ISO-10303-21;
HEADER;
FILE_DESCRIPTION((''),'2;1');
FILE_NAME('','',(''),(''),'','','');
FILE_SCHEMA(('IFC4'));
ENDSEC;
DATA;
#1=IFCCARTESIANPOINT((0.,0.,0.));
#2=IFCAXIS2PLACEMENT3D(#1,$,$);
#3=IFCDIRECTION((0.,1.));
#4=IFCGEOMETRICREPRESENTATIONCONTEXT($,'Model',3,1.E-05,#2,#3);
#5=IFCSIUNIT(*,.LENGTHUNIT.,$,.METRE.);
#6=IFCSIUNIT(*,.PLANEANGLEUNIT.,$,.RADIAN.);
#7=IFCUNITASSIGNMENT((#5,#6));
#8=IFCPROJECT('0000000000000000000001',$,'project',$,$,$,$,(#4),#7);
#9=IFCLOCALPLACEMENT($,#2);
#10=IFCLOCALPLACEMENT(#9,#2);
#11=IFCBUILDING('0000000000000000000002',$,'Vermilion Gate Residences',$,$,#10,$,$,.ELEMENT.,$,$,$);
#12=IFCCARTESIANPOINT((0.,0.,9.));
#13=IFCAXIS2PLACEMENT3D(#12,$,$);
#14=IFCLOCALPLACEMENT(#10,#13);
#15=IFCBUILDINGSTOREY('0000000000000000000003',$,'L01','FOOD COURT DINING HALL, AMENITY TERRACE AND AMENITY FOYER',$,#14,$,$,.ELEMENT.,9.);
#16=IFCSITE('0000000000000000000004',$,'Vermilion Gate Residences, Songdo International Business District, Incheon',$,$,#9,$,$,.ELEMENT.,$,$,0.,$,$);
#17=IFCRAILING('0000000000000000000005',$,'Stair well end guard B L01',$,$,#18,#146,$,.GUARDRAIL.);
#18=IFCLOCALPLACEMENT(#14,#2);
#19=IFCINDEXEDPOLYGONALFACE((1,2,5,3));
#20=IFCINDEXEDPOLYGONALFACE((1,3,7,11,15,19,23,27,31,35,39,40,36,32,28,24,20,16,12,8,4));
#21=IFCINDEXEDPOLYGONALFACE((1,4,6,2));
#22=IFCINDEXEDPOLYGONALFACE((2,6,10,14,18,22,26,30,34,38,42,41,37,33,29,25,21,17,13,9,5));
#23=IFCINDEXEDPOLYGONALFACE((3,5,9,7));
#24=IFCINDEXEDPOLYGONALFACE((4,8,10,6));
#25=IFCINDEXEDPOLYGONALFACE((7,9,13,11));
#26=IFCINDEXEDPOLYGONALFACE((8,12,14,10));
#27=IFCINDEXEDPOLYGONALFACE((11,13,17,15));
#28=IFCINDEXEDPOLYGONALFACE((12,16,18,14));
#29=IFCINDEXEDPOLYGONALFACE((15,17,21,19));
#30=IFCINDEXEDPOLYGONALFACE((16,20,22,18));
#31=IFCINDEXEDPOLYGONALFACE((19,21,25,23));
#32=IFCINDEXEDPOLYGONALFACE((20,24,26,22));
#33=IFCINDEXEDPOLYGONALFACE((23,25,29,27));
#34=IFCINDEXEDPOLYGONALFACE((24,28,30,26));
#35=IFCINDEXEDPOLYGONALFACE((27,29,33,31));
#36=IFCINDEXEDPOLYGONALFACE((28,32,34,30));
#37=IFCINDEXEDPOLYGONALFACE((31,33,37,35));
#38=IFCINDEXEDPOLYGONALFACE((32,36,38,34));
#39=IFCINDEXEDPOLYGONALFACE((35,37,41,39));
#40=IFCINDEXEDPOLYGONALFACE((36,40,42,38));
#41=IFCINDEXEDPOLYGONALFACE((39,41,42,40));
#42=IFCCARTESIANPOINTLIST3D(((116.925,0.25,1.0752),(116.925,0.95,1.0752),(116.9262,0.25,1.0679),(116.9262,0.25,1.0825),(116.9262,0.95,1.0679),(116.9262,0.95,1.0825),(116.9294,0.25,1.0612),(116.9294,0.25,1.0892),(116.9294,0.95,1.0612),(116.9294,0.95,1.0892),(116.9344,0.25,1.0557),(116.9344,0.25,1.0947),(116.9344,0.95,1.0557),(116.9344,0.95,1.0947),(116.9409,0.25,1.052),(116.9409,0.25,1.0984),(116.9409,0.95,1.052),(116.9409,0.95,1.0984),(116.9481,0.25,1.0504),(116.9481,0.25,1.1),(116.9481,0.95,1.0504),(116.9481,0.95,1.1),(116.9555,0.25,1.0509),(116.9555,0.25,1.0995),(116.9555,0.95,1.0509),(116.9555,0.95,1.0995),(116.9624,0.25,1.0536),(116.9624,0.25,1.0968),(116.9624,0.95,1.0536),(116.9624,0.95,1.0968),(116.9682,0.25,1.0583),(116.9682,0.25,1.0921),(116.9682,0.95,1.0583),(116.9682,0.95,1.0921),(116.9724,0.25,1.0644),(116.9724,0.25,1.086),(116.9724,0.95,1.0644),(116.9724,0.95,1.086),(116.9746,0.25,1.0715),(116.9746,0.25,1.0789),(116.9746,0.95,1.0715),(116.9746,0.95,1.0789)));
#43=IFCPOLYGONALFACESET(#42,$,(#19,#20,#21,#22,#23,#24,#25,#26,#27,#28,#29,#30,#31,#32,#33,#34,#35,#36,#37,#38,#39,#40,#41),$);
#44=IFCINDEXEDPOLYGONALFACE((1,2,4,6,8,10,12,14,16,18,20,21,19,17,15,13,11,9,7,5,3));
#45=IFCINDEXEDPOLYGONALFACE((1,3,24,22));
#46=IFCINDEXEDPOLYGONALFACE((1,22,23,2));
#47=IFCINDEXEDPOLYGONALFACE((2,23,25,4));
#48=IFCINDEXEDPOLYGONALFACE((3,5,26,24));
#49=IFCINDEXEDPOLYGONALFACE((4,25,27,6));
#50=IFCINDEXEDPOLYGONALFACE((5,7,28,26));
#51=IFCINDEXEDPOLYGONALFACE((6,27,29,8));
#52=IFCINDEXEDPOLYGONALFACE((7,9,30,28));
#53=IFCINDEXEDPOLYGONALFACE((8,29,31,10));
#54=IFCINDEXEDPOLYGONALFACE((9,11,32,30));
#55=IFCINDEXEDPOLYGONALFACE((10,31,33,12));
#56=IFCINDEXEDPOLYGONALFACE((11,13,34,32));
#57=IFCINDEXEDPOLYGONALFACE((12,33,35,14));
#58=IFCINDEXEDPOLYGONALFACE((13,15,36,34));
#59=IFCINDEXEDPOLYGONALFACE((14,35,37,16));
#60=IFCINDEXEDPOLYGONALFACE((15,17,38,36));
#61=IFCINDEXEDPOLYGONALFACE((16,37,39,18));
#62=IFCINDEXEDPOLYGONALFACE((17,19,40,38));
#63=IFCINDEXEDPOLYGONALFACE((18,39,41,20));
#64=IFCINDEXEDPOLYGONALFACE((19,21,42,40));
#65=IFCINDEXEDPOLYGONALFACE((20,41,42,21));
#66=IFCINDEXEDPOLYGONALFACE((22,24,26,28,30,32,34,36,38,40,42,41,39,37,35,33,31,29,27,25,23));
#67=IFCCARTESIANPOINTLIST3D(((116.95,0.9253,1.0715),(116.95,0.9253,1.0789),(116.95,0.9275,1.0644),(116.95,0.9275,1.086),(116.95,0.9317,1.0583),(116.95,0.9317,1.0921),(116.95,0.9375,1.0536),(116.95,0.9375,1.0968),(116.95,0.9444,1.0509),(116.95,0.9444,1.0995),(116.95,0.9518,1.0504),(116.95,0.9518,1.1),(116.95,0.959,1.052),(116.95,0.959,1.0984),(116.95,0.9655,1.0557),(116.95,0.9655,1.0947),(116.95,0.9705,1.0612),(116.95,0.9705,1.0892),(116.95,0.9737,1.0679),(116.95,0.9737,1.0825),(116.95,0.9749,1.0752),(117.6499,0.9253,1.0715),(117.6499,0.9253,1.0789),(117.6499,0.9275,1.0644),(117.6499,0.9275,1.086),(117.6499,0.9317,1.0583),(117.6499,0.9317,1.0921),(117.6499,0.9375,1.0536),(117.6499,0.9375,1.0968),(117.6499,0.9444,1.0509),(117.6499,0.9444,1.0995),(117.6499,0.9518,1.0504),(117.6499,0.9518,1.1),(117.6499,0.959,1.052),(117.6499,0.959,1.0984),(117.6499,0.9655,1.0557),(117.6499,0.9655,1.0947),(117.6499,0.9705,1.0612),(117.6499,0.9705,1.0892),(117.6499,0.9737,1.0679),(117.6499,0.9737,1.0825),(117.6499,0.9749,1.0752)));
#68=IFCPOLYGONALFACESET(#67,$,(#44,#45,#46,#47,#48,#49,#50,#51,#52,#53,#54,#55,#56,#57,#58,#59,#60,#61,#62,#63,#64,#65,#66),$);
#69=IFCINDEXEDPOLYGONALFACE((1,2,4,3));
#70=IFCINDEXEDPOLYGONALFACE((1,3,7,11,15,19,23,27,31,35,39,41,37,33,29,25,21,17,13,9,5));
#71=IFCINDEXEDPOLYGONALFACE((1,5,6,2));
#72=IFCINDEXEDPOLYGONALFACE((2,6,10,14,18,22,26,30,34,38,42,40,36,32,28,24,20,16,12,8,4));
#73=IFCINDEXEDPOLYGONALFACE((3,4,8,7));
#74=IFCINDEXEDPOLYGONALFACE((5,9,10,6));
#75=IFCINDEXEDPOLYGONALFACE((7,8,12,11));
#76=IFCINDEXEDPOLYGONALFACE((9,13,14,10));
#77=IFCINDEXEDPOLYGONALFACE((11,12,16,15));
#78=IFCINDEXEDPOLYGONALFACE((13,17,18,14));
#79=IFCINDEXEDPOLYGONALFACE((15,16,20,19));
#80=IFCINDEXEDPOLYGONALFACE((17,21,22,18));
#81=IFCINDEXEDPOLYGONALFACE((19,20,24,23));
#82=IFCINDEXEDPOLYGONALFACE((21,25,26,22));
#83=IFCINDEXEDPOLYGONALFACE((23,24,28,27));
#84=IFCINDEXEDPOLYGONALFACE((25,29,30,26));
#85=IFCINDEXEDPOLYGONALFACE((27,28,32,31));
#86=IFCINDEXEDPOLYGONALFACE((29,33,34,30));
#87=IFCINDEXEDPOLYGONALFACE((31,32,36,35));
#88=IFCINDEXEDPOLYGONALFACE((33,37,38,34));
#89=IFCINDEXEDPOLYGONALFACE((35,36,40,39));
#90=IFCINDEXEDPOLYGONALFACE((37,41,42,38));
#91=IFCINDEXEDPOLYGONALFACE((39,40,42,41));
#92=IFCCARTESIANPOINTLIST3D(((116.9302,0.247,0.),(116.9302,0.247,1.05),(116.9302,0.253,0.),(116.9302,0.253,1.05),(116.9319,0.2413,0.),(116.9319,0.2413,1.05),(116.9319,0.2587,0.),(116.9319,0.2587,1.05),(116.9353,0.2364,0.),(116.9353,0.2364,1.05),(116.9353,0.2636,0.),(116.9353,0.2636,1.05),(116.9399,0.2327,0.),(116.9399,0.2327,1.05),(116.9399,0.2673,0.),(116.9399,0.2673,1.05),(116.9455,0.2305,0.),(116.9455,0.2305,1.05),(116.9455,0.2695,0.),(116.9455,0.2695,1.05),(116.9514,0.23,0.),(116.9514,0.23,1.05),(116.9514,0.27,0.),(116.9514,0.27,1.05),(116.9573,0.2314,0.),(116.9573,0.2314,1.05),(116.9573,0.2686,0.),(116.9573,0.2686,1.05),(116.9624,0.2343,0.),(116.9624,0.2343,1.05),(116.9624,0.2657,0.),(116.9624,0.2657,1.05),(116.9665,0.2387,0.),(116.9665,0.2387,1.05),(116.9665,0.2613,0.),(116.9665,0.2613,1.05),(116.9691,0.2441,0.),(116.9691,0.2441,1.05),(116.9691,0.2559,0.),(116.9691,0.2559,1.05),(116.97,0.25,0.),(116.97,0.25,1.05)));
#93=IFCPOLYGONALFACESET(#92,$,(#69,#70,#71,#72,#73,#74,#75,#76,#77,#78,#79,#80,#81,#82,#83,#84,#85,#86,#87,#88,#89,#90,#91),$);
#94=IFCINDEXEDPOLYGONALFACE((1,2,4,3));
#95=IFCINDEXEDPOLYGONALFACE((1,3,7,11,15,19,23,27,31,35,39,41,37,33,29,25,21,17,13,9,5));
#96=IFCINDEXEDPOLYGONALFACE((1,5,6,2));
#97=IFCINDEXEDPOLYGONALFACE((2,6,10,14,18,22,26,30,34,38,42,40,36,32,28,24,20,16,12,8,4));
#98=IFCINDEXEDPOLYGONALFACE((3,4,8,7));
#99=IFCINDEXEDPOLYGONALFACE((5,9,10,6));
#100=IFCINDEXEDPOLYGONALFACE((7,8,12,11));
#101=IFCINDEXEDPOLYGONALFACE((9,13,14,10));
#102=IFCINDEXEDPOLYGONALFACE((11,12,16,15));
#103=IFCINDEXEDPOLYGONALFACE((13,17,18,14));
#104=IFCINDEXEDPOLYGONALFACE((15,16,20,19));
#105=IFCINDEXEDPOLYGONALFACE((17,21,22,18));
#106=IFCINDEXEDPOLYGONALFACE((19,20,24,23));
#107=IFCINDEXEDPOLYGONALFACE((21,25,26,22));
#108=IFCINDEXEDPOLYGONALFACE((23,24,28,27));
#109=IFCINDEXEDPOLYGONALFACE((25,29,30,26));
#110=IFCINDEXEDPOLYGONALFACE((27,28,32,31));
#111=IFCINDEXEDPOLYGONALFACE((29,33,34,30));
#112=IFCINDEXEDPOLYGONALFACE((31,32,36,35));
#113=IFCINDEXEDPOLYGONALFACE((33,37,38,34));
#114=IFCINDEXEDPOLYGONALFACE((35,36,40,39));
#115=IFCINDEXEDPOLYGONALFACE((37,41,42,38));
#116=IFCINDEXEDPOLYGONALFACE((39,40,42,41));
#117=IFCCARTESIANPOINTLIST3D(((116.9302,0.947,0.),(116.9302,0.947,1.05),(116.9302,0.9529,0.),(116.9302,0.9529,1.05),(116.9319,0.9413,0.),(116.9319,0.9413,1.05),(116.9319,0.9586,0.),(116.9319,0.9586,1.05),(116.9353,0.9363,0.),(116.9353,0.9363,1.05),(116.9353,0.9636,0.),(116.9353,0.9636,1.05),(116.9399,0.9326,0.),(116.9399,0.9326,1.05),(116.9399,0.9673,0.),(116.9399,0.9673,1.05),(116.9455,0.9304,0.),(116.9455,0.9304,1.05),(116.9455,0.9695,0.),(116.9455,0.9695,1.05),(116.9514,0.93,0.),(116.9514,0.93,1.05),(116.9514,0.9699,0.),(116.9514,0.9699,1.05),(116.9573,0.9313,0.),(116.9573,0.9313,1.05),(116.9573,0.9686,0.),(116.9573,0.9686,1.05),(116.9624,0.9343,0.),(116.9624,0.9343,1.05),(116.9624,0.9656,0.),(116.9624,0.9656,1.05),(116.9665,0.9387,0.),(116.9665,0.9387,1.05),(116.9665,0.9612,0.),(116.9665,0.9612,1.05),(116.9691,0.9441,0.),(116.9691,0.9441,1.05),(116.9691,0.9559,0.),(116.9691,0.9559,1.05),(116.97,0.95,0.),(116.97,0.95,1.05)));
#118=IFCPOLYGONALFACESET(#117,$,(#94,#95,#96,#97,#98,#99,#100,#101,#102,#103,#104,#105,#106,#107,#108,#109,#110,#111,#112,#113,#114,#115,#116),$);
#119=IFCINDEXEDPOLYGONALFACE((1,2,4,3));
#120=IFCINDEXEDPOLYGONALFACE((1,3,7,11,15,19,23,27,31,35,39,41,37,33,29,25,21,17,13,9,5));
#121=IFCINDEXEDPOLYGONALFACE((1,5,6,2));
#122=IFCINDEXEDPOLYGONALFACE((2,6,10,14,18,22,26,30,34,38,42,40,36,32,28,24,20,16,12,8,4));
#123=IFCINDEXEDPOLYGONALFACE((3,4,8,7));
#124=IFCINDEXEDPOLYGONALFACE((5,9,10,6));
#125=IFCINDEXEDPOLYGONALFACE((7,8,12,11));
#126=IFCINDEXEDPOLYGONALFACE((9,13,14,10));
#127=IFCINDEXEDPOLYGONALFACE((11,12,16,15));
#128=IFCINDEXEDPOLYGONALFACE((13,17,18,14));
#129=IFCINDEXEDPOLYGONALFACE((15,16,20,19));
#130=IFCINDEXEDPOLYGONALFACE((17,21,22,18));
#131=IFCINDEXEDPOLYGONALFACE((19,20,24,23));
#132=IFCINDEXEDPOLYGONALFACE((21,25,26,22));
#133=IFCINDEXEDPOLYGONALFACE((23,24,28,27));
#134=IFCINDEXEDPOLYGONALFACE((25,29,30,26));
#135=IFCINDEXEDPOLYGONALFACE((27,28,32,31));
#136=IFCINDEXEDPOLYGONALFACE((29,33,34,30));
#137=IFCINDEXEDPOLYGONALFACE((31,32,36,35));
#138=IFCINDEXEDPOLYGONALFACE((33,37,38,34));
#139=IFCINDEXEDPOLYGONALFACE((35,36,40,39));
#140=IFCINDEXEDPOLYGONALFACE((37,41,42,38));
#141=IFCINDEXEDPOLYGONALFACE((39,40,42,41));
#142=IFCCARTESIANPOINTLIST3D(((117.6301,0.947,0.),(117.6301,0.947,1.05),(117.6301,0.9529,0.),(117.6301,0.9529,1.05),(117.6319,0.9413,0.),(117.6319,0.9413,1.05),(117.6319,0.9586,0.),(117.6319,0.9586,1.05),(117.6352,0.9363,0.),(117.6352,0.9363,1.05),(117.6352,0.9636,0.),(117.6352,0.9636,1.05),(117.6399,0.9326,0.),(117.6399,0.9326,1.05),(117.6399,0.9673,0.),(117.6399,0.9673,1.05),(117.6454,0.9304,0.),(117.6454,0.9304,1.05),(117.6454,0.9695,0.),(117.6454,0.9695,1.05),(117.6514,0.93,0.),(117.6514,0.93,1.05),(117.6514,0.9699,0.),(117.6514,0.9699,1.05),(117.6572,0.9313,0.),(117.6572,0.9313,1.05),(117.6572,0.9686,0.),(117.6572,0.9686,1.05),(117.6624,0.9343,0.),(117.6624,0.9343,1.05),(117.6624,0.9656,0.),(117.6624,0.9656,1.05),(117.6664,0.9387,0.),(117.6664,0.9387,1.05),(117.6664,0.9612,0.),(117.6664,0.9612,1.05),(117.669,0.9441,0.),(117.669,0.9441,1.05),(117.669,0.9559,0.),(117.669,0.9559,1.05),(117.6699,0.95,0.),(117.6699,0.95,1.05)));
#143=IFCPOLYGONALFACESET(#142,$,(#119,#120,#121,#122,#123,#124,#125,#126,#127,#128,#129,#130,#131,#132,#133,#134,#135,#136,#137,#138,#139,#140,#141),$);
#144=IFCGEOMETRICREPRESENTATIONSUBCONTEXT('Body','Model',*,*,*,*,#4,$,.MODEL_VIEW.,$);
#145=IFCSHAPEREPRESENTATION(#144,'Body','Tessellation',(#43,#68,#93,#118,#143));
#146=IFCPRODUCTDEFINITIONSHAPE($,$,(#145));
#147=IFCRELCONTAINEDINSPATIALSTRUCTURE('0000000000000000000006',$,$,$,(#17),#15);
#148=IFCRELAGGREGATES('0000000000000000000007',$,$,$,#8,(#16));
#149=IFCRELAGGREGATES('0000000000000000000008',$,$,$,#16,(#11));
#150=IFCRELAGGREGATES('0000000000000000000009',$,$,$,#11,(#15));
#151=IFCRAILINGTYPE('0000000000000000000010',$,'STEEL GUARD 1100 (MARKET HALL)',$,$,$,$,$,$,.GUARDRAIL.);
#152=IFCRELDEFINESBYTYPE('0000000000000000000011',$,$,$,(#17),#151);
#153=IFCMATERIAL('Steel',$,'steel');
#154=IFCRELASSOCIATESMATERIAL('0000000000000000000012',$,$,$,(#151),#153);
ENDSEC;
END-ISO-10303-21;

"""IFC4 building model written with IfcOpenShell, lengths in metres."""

from ifc_helpers import new_model, si_unit, direction, frame, origin, origin_2d, place, context, subcontext, project, spatial, circle, extrude, material, type_object, element, save


model = new_model("IFC4")

# Units and contexts
model_context = context("Model", 3, precision=1e-05, world=origin(), true_north=direction((0.0, 1.0)))
body_context = subcontext(model_context, "Body", "Model", "MODEL_VIEW")
ifc_project = project(units=[si_unit("LENGTHUNIT", "METRE"), si_unit("PLANEANGLEUNIT", "RADIAN")], contexts=[model_context])

# Site, building, storey
site_placement = place(None, origin())
site = spatial("IfcSite", under=ifc_project, at=site_placement, Name="Vermilion Gate Residences, Songdo International Business District, Incheon", CompositionType="ELEMENT", RefElevation=0.0)
building_placement = place(site_placement, origin())
building = spatial("IfcBuilding", under=site, at=building_placement, Name="Vermilion Gate Residences", CompositionType="ELEMENT")
storey_placement = place(building_placement, frame((0.0, 0.0, 9.0)))
storey = spatial("IfcBuildingStorey", under=building, at=storey_placement, Name="L01", Description="FOOD COURT DINING HALL, AMENITY TERRACE AND AMENITY FOYER", CompositionType="ELEMENT", Elevation=9.0)

# Railing
ifc_material_1 = material(Name="Steel", Category="steel")
railing_type_1 = type_object("IfcRailingType", Name="STEEL GUARD 1100 (MARKET HALL)", PredefinedType="GUARDRAIL", material=ifc_material_1)
railing_placement = place(storey_placement, frame((116.95, 0.25, 0.0)))
element("IfcRailing", 1, at=railing_placement, inside=storey, type_object=railing_type_1, Name="Stair well end guard B L01", PredefinedType="GUARDRAIL", context=body_context, shape_type="SweptSolid", body=[
    extrude(circle(Radius=0.0249, at=origin_2d()), frame((0.0, 0.0, 1.0752), z_axis=(0.0, 1.0, 0.0), x_axis=(-1.0, 0.0, 0.0)), (0.0, 0.0, 1.0), 0.7),
    extrude(circle(Radius=0.0249, at=origin_2d()), frame((0.0, 0.7, 1.0752), z_axis=(1.0, 0.0, 0.0), x_axis=(0.0, 1.0, 0.0)), (0.0, 0.0, 1.0), 0.7),
    extrude(circle(Radius=0.02, at=origin_2d()), origin(), (0.0, 0.0, 1.0), 1.05),
    extrude(circle(Radius=0.02, at=origin_2d()), frame((0.0, 0.7, 0.0)), (0.0, 0.0, 1.0), 1.05),
    extrude(circle(Radius=0.02, at=origin_2d()), frame((0.7, 0.7, 0.0)), (0.0, 0.0, 1.0), 1.05),
])

save(model, "model.ifc")
